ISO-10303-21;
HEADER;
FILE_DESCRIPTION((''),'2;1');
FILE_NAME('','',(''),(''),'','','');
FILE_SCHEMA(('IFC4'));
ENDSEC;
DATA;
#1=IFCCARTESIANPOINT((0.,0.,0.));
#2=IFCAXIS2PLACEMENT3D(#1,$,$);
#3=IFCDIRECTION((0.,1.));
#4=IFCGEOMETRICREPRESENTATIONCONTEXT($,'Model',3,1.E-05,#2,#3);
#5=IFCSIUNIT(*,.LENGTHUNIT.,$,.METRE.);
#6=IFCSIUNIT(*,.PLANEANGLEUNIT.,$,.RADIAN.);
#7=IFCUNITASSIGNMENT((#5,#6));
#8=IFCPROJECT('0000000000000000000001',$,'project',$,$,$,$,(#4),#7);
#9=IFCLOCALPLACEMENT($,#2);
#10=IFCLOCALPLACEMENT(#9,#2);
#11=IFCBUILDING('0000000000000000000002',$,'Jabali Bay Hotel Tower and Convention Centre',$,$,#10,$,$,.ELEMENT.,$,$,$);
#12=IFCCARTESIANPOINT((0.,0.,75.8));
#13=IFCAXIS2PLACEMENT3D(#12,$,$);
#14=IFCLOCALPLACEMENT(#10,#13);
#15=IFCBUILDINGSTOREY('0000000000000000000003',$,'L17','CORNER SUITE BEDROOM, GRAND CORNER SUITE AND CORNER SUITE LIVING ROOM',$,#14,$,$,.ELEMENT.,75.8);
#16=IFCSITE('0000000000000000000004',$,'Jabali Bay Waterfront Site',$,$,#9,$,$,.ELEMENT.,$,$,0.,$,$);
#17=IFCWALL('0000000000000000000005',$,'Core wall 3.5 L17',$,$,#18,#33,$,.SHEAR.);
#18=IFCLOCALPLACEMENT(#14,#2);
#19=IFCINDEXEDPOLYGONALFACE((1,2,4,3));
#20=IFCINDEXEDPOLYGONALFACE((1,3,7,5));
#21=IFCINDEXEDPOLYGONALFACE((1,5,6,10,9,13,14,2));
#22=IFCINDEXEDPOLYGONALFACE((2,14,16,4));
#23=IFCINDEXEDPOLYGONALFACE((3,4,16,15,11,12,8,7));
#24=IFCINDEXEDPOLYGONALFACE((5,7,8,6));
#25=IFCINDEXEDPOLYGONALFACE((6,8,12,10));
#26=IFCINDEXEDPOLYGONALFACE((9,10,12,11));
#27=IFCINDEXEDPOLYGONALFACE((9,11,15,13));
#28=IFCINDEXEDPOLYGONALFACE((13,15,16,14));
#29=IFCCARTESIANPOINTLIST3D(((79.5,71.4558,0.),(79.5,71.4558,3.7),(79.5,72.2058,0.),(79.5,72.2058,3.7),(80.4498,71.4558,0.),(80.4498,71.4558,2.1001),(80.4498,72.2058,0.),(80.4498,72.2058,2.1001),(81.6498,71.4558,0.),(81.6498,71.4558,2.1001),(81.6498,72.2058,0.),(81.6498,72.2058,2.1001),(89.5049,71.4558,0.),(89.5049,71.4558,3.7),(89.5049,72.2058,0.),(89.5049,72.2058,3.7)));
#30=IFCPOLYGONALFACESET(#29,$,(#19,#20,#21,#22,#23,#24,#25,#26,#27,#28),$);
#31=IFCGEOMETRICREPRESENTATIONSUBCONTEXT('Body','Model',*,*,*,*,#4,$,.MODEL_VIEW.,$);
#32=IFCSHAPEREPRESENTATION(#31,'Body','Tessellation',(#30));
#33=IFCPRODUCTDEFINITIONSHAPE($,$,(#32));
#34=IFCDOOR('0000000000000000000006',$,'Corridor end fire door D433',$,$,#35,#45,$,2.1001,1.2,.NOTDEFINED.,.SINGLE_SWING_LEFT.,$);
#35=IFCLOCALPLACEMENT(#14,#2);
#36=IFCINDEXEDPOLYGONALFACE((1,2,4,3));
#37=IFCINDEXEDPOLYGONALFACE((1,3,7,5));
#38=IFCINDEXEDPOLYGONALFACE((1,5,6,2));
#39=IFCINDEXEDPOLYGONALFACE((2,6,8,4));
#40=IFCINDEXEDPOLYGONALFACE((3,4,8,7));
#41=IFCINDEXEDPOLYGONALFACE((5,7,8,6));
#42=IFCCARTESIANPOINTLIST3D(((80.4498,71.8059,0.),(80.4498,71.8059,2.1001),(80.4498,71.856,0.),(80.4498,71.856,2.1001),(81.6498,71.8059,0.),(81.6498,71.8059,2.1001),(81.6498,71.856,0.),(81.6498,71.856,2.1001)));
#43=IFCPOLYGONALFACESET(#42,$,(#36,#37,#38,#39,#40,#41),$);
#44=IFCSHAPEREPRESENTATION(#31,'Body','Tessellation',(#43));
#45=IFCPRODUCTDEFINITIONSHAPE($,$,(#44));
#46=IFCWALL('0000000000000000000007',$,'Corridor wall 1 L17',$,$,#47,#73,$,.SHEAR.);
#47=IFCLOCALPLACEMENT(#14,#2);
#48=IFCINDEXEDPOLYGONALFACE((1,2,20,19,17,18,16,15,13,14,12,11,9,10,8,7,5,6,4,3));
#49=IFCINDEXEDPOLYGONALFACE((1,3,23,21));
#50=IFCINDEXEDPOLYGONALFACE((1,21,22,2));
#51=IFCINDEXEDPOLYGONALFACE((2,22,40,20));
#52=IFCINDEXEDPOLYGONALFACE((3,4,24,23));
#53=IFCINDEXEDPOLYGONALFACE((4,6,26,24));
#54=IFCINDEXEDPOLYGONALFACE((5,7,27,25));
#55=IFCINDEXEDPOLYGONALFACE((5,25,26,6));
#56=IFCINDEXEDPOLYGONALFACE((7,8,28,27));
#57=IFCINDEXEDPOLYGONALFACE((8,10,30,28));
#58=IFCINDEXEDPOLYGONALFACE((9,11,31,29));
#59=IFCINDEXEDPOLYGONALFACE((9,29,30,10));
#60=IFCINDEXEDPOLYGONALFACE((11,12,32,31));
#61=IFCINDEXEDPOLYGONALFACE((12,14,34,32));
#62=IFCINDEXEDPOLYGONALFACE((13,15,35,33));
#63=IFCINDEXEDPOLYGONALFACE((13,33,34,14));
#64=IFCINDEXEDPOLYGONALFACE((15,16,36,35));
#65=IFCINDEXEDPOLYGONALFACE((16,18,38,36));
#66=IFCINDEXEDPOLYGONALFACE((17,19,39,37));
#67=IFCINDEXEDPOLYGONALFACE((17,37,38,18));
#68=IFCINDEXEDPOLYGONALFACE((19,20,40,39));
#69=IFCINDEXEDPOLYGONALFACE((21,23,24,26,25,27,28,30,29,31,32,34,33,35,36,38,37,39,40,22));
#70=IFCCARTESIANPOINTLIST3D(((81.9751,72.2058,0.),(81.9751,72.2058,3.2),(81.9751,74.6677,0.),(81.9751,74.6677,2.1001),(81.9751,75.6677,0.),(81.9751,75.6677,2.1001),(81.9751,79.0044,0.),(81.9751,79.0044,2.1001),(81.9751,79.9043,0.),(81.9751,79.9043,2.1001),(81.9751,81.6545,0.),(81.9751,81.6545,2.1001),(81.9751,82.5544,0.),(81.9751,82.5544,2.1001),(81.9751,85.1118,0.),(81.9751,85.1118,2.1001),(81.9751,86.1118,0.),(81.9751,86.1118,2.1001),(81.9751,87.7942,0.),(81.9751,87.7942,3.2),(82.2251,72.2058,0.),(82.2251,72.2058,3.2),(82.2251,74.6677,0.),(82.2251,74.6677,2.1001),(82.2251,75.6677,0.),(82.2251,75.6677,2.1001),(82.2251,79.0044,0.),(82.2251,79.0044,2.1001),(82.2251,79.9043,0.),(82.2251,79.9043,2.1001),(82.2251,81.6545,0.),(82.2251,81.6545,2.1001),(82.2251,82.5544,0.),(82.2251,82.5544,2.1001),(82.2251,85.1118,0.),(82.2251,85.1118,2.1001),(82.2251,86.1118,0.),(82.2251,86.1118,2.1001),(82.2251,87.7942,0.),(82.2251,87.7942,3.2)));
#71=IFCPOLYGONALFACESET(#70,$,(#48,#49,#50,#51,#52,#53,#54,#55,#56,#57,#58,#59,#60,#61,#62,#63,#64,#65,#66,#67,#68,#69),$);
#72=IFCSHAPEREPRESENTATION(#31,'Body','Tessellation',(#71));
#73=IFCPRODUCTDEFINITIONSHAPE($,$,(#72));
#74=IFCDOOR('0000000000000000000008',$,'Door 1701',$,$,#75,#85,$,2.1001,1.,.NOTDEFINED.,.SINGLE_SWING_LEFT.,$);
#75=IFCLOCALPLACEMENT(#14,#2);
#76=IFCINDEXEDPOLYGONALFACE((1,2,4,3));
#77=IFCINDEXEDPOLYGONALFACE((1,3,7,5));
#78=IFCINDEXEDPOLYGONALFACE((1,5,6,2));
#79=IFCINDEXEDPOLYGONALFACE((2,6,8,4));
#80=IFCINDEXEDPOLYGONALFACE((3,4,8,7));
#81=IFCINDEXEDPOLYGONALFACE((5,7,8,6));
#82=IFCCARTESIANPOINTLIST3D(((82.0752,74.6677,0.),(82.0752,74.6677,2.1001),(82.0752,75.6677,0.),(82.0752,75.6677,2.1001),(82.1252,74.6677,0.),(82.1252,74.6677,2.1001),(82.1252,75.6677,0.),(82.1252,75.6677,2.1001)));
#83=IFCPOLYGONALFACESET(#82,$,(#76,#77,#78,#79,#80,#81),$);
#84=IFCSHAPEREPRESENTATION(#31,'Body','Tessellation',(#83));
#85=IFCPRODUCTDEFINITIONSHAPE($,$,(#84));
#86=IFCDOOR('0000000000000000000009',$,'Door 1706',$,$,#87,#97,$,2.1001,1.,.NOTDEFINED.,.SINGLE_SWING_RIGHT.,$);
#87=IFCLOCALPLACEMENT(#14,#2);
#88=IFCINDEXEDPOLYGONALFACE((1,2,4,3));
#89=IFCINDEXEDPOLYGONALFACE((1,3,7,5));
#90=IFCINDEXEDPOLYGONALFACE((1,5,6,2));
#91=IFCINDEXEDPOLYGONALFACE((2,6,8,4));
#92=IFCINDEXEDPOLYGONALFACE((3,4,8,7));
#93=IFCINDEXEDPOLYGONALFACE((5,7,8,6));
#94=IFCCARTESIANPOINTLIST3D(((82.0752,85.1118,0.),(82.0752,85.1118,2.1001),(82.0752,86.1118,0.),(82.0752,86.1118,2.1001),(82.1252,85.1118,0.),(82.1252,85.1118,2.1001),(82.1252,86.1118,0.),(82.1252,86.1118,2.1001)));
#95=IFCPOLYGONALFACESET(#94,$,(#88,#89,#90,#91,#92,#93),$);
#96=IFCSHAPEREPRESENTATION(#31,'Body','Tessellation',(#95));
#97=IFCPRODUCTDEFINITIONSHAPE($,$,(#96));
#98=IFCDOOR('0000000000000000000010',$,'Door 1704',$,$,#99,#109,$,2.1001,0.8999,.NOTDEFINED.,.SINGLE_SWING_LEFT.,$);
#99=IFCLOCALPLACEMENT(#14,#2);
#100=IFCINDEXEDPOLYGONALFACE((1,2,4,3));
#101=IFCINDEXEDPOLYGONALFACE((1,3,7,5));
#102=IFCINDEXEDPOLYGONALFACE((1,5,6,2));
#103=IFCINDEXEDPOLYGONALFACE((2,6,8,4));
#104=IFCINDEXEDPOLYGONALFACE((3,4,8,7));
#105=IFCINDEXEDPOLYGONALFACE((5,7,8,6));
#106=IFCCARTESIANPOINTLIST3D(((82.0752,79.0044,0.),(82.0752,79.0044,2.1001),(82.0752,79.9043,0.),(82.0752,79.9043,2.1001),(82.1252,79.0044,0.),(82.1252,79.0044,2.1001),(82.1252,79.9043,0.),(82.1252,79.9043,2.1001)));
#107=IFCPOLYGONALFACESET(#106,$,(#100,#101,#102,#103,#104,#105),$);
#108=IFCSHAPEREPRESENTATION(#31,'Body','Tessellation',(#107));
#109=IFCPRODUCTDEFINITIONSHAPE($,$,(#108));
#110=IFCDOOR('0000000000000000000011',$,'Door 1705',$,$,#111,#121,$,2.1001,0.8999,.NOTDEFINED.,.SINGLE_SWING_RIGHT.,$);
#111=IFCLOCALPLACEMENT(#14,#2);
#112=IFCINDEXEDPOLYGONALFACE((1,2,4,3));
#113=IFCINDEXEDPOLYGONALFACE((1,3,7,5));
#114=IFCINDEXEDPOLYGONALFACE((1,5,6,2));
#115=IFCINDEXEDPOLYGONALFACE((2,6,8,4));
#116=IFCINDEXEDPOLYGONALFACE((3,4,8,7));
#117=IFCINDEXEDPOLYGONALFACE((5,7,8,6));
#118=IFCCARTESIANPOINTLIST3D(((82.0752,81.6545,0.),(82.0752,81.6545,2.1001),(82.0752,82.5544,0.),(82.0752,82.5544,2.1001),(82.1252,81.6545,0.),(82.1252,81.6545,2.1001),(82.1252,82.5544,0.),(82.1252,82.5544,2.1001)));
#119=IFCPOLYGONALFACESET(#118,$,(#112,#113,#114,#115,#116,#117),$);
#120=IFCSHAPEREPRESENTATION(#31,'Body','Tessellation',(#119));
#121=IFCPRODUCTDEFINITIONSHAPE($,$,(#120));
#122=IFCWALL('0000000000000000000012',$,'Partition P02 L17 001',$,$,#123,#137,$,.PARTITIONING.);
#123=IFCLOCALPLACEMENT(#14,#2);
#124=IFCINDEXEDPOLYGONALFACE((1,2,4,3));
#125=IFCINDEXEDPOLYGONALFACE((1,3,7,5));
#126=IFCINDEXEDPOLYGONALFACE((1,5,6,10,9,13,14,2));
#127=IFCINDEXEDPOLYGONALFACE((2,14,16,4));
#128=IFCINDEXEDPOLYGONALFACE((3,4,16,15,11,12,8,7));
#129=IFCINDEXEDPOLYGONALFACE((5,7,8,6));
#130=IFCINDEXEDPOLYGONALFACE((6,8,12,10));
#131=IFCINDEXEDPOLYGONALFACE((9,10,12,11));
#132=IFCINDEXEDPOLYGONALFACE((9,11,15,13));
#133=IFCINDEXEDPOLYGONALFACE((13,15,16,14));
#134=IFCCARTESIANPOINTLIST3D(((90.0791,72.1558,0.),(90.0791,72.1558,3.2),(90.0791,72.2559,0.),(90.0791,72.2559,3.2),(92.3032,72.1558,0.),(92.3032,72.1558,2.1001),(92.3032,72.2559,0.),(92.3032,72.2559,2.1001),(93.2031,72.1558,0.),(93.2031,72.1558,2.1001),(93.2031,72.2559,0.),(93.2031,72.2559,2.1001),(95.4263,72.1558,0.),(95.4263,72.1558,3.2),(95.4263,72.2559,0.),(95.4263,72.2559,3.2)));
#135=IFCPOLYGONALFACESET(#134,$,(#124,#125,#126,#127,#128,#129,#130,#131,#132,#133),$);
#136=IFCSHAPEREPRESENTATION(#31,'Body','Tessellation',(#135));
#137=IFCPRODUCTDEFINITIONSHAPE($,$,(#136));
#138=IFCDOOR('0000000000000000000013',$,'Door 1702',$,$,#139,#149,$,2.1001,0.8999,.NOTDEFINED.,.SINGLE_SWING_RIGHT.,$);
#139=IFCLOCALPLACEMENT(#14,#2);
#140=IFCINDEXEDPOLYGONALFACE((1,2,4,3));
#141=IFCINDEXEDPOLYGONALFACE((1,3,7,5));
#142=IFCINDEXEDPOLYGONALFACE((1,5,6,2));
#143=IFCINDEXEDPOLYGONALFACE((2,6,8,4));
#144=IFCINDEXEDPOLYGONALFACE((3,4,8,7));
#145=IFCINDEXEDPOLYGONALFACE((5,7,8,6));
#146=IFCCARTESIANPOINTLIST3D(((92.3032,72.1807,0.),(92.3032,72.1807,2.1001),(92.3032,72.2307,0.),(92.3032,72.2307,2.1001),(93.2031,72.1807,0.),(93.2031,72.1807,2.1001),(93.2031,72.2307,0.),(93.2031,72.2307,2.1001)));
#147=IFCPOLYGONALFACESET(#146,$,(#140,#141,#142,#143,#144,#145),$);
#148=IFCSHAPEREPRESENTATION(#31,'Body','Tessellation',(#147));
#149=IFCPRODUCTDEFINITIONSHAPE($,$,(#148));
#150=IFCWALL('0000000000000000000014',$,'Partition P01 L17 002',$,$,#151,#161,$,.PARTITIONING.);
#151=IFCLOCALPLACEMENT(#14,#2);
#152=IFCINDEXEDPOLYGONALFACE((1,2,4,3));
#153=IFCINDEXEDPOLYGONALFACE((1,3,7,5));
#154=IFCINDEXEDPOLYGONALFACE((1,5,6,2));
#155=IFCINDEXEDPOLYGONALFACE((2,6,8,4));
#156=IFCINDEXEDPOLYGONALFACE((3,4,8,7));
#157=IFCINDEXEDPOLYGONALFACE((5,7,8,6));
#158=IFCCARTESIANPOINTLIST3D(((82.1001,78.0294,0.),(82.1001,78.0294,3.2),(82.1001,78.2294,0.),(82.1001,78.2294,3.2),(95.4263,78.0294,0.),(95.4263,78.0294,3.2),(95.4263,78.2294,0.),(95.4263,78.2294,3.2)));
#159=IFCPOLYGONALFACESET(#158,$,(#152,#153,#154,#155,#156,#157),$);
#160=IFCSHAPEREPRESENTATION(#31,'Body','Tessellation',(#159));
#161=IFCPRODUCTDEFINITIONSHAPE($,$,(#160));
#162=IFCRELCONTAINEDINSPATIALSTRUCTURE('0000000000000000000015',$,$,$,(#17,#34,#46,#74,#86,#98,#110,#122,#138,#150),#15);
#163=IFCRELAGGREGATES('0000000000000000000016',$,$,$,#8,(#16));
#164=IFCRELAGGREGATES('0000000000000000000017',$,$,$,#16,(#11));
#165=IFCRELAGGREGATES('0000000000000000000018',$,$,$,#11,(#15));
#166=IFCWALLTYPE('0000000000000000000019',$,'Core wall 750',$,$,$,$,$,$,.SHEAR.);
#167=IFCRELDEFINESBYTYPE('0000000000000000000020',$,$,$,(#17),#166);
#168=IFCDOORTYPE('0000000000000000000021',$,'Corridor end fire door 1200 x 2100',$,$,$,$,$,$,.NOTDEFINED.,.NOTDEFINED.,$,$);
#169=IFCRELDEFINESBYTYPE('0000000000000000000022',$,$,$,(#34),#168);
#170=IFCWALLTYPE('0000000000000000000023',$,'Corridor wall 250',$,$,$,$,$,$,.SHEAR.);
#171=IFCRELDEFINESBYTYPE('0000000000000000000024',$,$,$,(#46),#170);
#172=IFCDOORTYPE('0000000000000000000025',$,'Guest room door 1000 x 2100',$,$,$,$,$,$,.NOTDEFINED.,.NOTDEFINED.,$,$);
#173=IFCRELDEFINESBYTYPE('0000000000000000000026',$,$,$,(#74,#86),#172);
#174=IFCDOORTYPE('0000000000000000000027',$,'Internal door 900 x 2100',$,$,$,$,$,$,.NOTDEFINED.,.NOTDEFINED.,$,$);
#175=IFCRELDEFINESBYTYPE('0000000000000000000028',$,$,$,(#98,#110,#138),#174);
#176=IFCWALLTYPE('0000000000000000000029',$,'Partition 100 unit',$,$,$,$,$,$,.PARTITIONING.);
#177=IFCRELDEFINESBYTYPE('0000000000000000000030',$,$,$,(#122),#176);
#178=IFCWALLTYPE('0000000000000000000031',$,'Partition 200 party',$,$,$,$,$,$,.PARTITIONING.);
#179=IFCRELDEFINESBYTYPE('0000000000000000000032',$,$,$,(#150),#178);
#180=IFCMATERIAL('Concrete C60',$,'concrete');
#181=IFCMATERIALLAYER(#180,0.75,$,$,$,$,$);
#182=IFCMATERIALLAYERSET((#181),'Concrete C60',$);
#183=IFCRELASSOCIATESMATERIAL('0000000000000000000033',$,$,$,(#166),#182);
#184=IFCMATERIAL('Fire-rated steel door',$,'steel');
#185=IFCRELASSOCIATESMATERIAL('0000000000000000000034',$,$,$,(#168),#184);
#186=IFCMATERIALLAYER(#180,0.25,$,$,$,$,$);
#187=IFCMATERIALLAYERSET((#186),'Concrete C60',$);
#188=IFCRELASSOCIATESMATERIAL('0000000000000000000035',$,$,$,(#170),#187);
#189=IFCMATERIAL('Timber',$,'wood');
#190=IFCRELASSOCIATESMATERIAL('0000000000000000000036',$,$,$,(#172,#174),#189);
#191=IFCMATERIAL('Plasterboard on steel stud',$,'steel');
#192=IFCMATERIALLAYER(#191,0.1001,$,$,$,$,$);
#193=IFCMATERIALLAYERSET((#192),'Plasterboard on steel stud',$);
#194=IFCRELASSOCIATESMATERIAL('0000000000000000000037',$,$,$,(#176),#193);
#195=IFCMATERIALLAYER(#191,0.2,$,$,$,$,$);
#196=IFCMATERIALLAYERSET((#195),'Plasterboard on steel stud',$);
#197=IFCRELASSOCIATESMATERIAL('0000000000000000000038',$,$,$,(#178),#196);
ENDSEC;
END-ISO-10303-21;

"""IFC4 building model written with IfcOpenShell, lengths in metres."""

from ifc_helpers import new_model, si_unit, direction, frame, frame_2d, origin, place, context, subcontext, project, spatial, rectangle, extrude, material, layer, layer_set, type_object, element, fill, save


model = new_model("IFC4")

# Units and contexts
model_context = context("Model", 3, precision=1e-05, world=origin(), true_north=direction((0.0, 1.0)))
body_context = subcontext(model_context, "Body", "Model", "MODEL_VIEW")
ifc_project = project(units=[si_unit("LENGTHUNIT", "METRE"), si_unit("PLANEANGLEUNIT", "RADIAN")], contexts=[model_context])

# Site, building, storey
site_placement = place(None, origin())
site = spatial("IfcSite", under=ifc_project, at=site_placement, Name="Jabali Bay Waterfront Site", CompositionType="ELEMENT", RefElevation=0.0)
building_placement = place(site_placement, origin())
building = spatial("IfcBuilding", under=site, at=building_placement, Name="Jabali Bay Hotel Tower and Convention Centre", CompositionType="ELEMENT")
storey_placement = place(building_placement, frame((0.0, 0.0, 75.8)))
storey = spatial("IfcBuildingStorey", under=building, at=storey_placement, Name="L17", Description="CORNER SUITE BEDROOM, GRAND CORNER SUITE AND CORNER SUITE LIVING ROOM", CompositionType="ELEMENT", Elevation=75.8)

# Shared definitions
ifc_material_1 = material(Name="Concrete C60", Category="concrete")

# Shared definitions
ifc_material_2 = material(Name="Fire-rated steel door", Category="steel")

# Wall, opening, door
ifc_layer_1 = layer(ifc_material_1, 0.75)
ifc_layer_set_1 = layer_set([ifc_layer_1], Name="Concrete C60")
wall_type_1 = type_object("IfcWallType", Name="Core wall 750", PredefinedType="SHEAR", material=ifc_layer_set_1)
door_type_1 = type_object("IfcDoorType", Name="Corridor end fire door 1200 x 2100", OperationType="NOTDEFINED", PredefinedType="NOTDEFINED", material=ifc_material_2)
wall_1_placement = place(storey_placement, frame((89.5049, 71.8308, 0.0), z_axis=(0.0, 0.0, 1.0), x_axis=(-1.0, 0.0, 0.0)))
wall_1 = element("IfcWall", 1, at=wall_1_placement, inside=storey, type_object=wall_type_1, Name="Core wall 3.5 L17", PredefinedType="SHEAR", context=body_context, shape_type="SweptSolid", body=[
    extrude(rectangle(XDim=10.0049, YDim=0.75, at=frame_2d((5.0024, 0.0))), origin(), (0.0, 0.0, 1.0), 3.7),
])
opening_1_placement = place(wall_1_placement, frame((7.855, 0.0, 0.0)))
opening_1 = element("IfcOpeningElement", 2, at=opening_1_placement, cuts=wall_1, PredefinedType="OPENING", context=body_context, shape_type="SweptSolid", body=[
    extrude(rectangle(XDim=1.2, YDim=2.1001, at=frame_2d((0.6001, 1.05))), frame((0.0, 0.3855, 0.0), z_axis=(0.0, -1.0, 0.0), x_axis=(1.0, 0.0, 0.0)), (0.0, 0.0, 1.0), 0.771),
])
door_1_placement = place(opening_1_placement, origin())
door_1 = element("IfcDoor", 3, at=door_1_placement, inside=storey, type_object=door_type_1, Name="Corridor end fire door D433", OperationType="SINGLE_SWING_LEFT", OverallHeight=2.1001, OverallWidth=1.2, PredefinedType="NOTDEFINED", context=body_context, shape_type="SweptSolid", body=[
    extrude(rectangle(XDim=1.2, YDim=2.1001, at=frame_2d((0.6001, 1.05))), frame((0.0, 0.0249, 0.0), z_axis=(0.0, -1.0, 0.0), x_axis=(1.0, 0.0, 0.0)), (0.0, 0.0, 1.0), 0.05),
])
fill(opening_1, door_1)

# Wall, openings, doors
ifc_layer_2 = layer(ifc_material_1, 0.25)
ifc_layer_set_2 = layer_set([ifc_layer_2], Name="Concrete C60")
wall_type_2 = type_object("IfcWallType", Name="Corridor wall 250", PredefinedType="SHEAR", material=ifc_layer_set_2)
wall_2_placement = place(storey_placement, frame((82.1001, 72.2058, 0.0), z_axis=(0.0, 0.0, 1.0), x_axis=(0.0, 1.0, 0.0)))
wall_2 = element("IfcWall", 4, at=wall_2_placement, inside=storey, type_object=wall_type_2, Name="Corridor wall 1 L17", PredefinedType="SHEAR", context=body_context, shape_type="SweptSolid", body=[
    extrude(rectangle(XDim=15.5884, YDim=0.25, at=frame_2d((7.7942, 0.0))), origin(), (0.0, 0.0, 1.0), 3.2),
])
opening_2_placement = place(wall_2_placement, frame((2.4619, 0.0, 0.0)))
opening_2 = element("IfcOpeningElement", 5, at=opening_2_placement, cuts=wall_2, PredefinedType="OPENING", context=body_context, shape_type="SweptSolid", body=[
    extrude(rectangle(XDim=1.0, YDim=2.1001, at=frame_2d((0.5, 1.05))), frame((0.0, 0.1355, 0.0), z_axis=(0.0, -1.0, 0.0), x_axis=(1.0, 0.0, 0.0)), (0.0, 0.0, 1.0), 0.271),
])
opening_3_placement = place(wall_2_placement, frame((6.7986, 0.0, 0.0)))
opening_3 = element("IfcOpeningElement", 6, at=opening_3_placement, cuts=wall_2, PredefinedType="OPENING", context=body_context, shape_type="SweptSolid", body=[
    extrude(rectangle(XDim=0.8999, YDim=2.1001, at=frame_2d((0.45, 1.05))), frame((0.0, 0.1355, 0.0), z_axis=(0.0, -1.0, 0.0), x_axis=(1.0, 0.0, 0.0)), (0.0, 0.0, 1.0), 0.271),
])
opening_4_placement = place(wall_2_placement, frame((9.4487, 0.0, 0.0)))
opening_4 = element("IfcOpeningElement", 7, at=opening_4_placement, cuts=wall_2, PredefinedType="OPENING", context=body_context, shape_type="SweptSolid", body=[
    extrude(rectangle(XDim=0.8999, YDim=2.1001, at=frame_2d((0.45, 1.05))), frame((0.0, 0.1355, 0.0), z_axis=(0.0, -1.0, 0.0), x_axis=(1.0, 0.0, 0.0)), (0.0, 0.0, 1.0), 0.271),
])
opening_5_placement = place(wall_2_placement, frame((12.906, 0.0, 0.0)))
opening_5 = element("IfcOpeningElement", 8, at=opening_5_placement, cuts=wall_2, PredefinedType="OPENING", context=body_context, shape_type="SweptSolid", body=[
    extrude(rectangle(XDim=1.0, YDim=2.1001, at=frame_2d((0.5, 1.05))), frame((0.0, 0.1355, 0.0), z_axis=(0.0, -1.0, 0.0), x_axis=(1.0, 0.0, 0.0)), (0.0, 0.0, 1.0), 0.271),
])
ifc_material_3 = material(Name="Timber", Category="wood")
door_type_2 = type_object("IfcDoorType", Name="Guest room door 1000 x 2100", OperationType="NOTDEFINED", PredefinedType="NOTDEFINED", material=ifc_material_3)
door_2_placement = place(opening_2_placement, origin())
door_2 = element("IfcDoor", 9, at=door_2_placement, inside=storey, type_object=door_type_2, Name="Door 1701", OperationType="SINGLE_SWING_LEFT", OverallHeight=2.1001, OverallWidth=1.0, PredefinedType="NOTDEFINED", context=body_context, shape_type="SweptSolid", body=[
    extrude(rectangle(XDim=1.0, YDim=2.1001, at=frame_2d((0.5, 1.05))), frame((0.0, 0.0249, 0.0), z_axis=(0.0, -1.0, 0.0), x_axis=(1.0, 0.0, 0.0)), (0.0, 0.0, 1.0), 0.05),
])
fill(opening_2, door_2)
door_3_placement = place(opening_5_placement, origin())
door_3 = element("IfcDoor", 10, at=door_3_placement, inside=storey, type_object=door_type_2, Name="Door 1706", OperationType="SINGLE_SWING_RIGHT", OverallHeight=2.1001, OverallWidth=1.0, PredefinedType="NOTDEFINED", context=body_context, shape_type="SweptSolid", body=[
    extrude(rectangle(XDim=1.0, YDim=2.1001, at=frame_2d((0.5, 1.05))), frame((0.0, 0.0249, 0.0), z_axis=(0.0, -1.0, 0.0), x_axis=(1.0, 0.0, 0.0)), (0.0, 0.0, 1.0), 0.05),
])
fill(opening_5, door_3)
door_type_3 = type_object("IfcDoorType", Name="Internal door 900 x 2100", OperationType="NOTDEFINED", PredefinedType="NOTDEFINED", material=ifc_material_3)
door_4_placement = place(opening_3_placement, origin())
door_4 = element("IfcDoor", 11, at=door_4_placement, inside=storey, type_object=door_type_3, Name="Door 1704", OperationType="SINGLE_SWING_LEFT", OverallHeight=2.1001, OverallWidth=0.8999, PredefinedType="NOTDEFINED", context=body_context, shape_type="SweptSolid", body=[
    extrude(rectangle(XDim=0.8999, YDim=2.1001, at=frame_2d((0.45, 1.05))), frame((0.0, 0.0249, 0.0), z_axis=(0.0, -1.0, 0.0), x_axis=(1.0, 0.0, 0.0)), (0.0, 0.0, 1.0), 0.05),
])
fill(opening_3, door_4)
door_5_placement = place(opening_4_placement, origin())
door_5 = element("IfcDoor", 12, at=door_5_placement, inside=storey, type_object=door_type_3, Name="Door 1705", OperationType="SINGLE_SWING_RIGHT", OverallHeight=2.1001, OverallWidth=0.8999, PredefinedType="NOTDEFINED", context=body_context, shape_type="SweptSolid", body=[
    extrude(rectangle(XDim=0.8999, YDim=2.1001, at=frame_2d((0.45, 1.05))), frame((0.0, 0.0249, 0.0), z_axis=(0.0, -1.0, 0.0), x_axis=(1.0, 0.0, 0.0)), (0.0, 0.0, 1.0), 0.05),
])
fill(opening_4, door_5)

# Wall, opening, door
ifc_material_4 = material(Name="Plasterboard on steel stud", Category="steel")
ifc_layer_3 = layer(ifc_material_4, 0.1001)
ifc_layer_set_3 = layer_set([ifc_layer_3], Name="Plasterboard on steel stud")
wall_type_3 = type_object("IfcWallType", Name="Partition 100 unit", PredefinedType="PARTITIONING", material=ifc_layer_set_3)
wall_3_placement = place(storey_placement, frame((90.0791, 72.2058, 0.0), z_axis=(0.0, 0.0, 1.0), x_axis=(1.0, 0.0, 0.0)))
wall_3 = element("IfcWall", 13, at=wall_3_placement, inside=storey, type_object=wall_type_3, Name="Partition P02 L17 001", PredefinedType="PARTITIONING", context=body_context, shape_type="SweptSolid", body=[
    extrude(rectangle(XDim=5.3472, YDim=0.1001, at=frame_2d((2.6736, 0.0))), origin(), (0.0, 0.0, 1.0), 3.2),
])
opening_6_placement = place(wall_3_placement, frame((2.2241, 0.0, 0.0)))
opening_6 = element("IfcOpeningElement", 14, at=opening_6_placement, cuts=wall_3, PredefinedType="OPENING", context=body_context, shape_type="SweptSolid", body=[
    extrude(rectangle(XDim=0.8999, YDim=2.1001, at=frame_2d((0.45, 1.05))), frame((0.0, 0.0605, 0.0), z_axis=(0.0, -1.0, 0.0), x_axis=(1.0, 0.0, 0.0)), (0.0, 0.0, 1.0), 0.1211),
])
door_6_placement = place(opening_6_placement, origin())
door_6 = element("IfcDoor", 15, at=door_6_placement, inside=storey, type_object=door_type_3, Name="Door 1702", OperationType="SINGLE_SWING_RIGHT", OverallHeight=2.1001, OverallWidth=0.8999, PredefinedType="NOTDEFINED", context=body_context, shape_type="SweptSolid", body=[
    extrude(rectangle(XDim=0.8999, YDim=2.1001, at=frame_2d((0.45, 1.05))), frame((0.0, 0.0249, 0.0), z_axis=(0.0, -1.0, 0.0), x_axis=(1.0, 0.0, 0.0)), (0.0, 0.0, 1.0), 0.05),
])
fill(opening_6, door_6)

# Wall
ifc_layer_4 = layer(ifc_material_4, 0.2)
ifc_layer_set_4 = layer_set([ifc_layer_4], Name="Plasterboard on steel stud")
wall_type_4 = type_object("IfcWallType", Name="Partition 200 party", PredefinedType="PARTITIONING", material=ifc_layer_set_4)
wall_4_placement = place(storey_placement, frame((95.4263, 78.1294, 0.0), z_axis=(0.0, 0.0, 1.0), x_axis=(-1.0, 0.0, 0.0)))
element("IfcWall", 16, at=wall_4_placement, inside=storey, type_object=wall_type_4, Name="Partition P01 L17 002", PredefinedType="PARTITIONING", context=body_context, shape_type="SweptSolid", body=[
    extrude(rectangle(XDim=13.3262, YDim=0.2, at=frame_2d((6.6631, 0.0))), origin(), (0.0, 0.0, 1.0), 3.2),
])

save(model, "model.ifc")
